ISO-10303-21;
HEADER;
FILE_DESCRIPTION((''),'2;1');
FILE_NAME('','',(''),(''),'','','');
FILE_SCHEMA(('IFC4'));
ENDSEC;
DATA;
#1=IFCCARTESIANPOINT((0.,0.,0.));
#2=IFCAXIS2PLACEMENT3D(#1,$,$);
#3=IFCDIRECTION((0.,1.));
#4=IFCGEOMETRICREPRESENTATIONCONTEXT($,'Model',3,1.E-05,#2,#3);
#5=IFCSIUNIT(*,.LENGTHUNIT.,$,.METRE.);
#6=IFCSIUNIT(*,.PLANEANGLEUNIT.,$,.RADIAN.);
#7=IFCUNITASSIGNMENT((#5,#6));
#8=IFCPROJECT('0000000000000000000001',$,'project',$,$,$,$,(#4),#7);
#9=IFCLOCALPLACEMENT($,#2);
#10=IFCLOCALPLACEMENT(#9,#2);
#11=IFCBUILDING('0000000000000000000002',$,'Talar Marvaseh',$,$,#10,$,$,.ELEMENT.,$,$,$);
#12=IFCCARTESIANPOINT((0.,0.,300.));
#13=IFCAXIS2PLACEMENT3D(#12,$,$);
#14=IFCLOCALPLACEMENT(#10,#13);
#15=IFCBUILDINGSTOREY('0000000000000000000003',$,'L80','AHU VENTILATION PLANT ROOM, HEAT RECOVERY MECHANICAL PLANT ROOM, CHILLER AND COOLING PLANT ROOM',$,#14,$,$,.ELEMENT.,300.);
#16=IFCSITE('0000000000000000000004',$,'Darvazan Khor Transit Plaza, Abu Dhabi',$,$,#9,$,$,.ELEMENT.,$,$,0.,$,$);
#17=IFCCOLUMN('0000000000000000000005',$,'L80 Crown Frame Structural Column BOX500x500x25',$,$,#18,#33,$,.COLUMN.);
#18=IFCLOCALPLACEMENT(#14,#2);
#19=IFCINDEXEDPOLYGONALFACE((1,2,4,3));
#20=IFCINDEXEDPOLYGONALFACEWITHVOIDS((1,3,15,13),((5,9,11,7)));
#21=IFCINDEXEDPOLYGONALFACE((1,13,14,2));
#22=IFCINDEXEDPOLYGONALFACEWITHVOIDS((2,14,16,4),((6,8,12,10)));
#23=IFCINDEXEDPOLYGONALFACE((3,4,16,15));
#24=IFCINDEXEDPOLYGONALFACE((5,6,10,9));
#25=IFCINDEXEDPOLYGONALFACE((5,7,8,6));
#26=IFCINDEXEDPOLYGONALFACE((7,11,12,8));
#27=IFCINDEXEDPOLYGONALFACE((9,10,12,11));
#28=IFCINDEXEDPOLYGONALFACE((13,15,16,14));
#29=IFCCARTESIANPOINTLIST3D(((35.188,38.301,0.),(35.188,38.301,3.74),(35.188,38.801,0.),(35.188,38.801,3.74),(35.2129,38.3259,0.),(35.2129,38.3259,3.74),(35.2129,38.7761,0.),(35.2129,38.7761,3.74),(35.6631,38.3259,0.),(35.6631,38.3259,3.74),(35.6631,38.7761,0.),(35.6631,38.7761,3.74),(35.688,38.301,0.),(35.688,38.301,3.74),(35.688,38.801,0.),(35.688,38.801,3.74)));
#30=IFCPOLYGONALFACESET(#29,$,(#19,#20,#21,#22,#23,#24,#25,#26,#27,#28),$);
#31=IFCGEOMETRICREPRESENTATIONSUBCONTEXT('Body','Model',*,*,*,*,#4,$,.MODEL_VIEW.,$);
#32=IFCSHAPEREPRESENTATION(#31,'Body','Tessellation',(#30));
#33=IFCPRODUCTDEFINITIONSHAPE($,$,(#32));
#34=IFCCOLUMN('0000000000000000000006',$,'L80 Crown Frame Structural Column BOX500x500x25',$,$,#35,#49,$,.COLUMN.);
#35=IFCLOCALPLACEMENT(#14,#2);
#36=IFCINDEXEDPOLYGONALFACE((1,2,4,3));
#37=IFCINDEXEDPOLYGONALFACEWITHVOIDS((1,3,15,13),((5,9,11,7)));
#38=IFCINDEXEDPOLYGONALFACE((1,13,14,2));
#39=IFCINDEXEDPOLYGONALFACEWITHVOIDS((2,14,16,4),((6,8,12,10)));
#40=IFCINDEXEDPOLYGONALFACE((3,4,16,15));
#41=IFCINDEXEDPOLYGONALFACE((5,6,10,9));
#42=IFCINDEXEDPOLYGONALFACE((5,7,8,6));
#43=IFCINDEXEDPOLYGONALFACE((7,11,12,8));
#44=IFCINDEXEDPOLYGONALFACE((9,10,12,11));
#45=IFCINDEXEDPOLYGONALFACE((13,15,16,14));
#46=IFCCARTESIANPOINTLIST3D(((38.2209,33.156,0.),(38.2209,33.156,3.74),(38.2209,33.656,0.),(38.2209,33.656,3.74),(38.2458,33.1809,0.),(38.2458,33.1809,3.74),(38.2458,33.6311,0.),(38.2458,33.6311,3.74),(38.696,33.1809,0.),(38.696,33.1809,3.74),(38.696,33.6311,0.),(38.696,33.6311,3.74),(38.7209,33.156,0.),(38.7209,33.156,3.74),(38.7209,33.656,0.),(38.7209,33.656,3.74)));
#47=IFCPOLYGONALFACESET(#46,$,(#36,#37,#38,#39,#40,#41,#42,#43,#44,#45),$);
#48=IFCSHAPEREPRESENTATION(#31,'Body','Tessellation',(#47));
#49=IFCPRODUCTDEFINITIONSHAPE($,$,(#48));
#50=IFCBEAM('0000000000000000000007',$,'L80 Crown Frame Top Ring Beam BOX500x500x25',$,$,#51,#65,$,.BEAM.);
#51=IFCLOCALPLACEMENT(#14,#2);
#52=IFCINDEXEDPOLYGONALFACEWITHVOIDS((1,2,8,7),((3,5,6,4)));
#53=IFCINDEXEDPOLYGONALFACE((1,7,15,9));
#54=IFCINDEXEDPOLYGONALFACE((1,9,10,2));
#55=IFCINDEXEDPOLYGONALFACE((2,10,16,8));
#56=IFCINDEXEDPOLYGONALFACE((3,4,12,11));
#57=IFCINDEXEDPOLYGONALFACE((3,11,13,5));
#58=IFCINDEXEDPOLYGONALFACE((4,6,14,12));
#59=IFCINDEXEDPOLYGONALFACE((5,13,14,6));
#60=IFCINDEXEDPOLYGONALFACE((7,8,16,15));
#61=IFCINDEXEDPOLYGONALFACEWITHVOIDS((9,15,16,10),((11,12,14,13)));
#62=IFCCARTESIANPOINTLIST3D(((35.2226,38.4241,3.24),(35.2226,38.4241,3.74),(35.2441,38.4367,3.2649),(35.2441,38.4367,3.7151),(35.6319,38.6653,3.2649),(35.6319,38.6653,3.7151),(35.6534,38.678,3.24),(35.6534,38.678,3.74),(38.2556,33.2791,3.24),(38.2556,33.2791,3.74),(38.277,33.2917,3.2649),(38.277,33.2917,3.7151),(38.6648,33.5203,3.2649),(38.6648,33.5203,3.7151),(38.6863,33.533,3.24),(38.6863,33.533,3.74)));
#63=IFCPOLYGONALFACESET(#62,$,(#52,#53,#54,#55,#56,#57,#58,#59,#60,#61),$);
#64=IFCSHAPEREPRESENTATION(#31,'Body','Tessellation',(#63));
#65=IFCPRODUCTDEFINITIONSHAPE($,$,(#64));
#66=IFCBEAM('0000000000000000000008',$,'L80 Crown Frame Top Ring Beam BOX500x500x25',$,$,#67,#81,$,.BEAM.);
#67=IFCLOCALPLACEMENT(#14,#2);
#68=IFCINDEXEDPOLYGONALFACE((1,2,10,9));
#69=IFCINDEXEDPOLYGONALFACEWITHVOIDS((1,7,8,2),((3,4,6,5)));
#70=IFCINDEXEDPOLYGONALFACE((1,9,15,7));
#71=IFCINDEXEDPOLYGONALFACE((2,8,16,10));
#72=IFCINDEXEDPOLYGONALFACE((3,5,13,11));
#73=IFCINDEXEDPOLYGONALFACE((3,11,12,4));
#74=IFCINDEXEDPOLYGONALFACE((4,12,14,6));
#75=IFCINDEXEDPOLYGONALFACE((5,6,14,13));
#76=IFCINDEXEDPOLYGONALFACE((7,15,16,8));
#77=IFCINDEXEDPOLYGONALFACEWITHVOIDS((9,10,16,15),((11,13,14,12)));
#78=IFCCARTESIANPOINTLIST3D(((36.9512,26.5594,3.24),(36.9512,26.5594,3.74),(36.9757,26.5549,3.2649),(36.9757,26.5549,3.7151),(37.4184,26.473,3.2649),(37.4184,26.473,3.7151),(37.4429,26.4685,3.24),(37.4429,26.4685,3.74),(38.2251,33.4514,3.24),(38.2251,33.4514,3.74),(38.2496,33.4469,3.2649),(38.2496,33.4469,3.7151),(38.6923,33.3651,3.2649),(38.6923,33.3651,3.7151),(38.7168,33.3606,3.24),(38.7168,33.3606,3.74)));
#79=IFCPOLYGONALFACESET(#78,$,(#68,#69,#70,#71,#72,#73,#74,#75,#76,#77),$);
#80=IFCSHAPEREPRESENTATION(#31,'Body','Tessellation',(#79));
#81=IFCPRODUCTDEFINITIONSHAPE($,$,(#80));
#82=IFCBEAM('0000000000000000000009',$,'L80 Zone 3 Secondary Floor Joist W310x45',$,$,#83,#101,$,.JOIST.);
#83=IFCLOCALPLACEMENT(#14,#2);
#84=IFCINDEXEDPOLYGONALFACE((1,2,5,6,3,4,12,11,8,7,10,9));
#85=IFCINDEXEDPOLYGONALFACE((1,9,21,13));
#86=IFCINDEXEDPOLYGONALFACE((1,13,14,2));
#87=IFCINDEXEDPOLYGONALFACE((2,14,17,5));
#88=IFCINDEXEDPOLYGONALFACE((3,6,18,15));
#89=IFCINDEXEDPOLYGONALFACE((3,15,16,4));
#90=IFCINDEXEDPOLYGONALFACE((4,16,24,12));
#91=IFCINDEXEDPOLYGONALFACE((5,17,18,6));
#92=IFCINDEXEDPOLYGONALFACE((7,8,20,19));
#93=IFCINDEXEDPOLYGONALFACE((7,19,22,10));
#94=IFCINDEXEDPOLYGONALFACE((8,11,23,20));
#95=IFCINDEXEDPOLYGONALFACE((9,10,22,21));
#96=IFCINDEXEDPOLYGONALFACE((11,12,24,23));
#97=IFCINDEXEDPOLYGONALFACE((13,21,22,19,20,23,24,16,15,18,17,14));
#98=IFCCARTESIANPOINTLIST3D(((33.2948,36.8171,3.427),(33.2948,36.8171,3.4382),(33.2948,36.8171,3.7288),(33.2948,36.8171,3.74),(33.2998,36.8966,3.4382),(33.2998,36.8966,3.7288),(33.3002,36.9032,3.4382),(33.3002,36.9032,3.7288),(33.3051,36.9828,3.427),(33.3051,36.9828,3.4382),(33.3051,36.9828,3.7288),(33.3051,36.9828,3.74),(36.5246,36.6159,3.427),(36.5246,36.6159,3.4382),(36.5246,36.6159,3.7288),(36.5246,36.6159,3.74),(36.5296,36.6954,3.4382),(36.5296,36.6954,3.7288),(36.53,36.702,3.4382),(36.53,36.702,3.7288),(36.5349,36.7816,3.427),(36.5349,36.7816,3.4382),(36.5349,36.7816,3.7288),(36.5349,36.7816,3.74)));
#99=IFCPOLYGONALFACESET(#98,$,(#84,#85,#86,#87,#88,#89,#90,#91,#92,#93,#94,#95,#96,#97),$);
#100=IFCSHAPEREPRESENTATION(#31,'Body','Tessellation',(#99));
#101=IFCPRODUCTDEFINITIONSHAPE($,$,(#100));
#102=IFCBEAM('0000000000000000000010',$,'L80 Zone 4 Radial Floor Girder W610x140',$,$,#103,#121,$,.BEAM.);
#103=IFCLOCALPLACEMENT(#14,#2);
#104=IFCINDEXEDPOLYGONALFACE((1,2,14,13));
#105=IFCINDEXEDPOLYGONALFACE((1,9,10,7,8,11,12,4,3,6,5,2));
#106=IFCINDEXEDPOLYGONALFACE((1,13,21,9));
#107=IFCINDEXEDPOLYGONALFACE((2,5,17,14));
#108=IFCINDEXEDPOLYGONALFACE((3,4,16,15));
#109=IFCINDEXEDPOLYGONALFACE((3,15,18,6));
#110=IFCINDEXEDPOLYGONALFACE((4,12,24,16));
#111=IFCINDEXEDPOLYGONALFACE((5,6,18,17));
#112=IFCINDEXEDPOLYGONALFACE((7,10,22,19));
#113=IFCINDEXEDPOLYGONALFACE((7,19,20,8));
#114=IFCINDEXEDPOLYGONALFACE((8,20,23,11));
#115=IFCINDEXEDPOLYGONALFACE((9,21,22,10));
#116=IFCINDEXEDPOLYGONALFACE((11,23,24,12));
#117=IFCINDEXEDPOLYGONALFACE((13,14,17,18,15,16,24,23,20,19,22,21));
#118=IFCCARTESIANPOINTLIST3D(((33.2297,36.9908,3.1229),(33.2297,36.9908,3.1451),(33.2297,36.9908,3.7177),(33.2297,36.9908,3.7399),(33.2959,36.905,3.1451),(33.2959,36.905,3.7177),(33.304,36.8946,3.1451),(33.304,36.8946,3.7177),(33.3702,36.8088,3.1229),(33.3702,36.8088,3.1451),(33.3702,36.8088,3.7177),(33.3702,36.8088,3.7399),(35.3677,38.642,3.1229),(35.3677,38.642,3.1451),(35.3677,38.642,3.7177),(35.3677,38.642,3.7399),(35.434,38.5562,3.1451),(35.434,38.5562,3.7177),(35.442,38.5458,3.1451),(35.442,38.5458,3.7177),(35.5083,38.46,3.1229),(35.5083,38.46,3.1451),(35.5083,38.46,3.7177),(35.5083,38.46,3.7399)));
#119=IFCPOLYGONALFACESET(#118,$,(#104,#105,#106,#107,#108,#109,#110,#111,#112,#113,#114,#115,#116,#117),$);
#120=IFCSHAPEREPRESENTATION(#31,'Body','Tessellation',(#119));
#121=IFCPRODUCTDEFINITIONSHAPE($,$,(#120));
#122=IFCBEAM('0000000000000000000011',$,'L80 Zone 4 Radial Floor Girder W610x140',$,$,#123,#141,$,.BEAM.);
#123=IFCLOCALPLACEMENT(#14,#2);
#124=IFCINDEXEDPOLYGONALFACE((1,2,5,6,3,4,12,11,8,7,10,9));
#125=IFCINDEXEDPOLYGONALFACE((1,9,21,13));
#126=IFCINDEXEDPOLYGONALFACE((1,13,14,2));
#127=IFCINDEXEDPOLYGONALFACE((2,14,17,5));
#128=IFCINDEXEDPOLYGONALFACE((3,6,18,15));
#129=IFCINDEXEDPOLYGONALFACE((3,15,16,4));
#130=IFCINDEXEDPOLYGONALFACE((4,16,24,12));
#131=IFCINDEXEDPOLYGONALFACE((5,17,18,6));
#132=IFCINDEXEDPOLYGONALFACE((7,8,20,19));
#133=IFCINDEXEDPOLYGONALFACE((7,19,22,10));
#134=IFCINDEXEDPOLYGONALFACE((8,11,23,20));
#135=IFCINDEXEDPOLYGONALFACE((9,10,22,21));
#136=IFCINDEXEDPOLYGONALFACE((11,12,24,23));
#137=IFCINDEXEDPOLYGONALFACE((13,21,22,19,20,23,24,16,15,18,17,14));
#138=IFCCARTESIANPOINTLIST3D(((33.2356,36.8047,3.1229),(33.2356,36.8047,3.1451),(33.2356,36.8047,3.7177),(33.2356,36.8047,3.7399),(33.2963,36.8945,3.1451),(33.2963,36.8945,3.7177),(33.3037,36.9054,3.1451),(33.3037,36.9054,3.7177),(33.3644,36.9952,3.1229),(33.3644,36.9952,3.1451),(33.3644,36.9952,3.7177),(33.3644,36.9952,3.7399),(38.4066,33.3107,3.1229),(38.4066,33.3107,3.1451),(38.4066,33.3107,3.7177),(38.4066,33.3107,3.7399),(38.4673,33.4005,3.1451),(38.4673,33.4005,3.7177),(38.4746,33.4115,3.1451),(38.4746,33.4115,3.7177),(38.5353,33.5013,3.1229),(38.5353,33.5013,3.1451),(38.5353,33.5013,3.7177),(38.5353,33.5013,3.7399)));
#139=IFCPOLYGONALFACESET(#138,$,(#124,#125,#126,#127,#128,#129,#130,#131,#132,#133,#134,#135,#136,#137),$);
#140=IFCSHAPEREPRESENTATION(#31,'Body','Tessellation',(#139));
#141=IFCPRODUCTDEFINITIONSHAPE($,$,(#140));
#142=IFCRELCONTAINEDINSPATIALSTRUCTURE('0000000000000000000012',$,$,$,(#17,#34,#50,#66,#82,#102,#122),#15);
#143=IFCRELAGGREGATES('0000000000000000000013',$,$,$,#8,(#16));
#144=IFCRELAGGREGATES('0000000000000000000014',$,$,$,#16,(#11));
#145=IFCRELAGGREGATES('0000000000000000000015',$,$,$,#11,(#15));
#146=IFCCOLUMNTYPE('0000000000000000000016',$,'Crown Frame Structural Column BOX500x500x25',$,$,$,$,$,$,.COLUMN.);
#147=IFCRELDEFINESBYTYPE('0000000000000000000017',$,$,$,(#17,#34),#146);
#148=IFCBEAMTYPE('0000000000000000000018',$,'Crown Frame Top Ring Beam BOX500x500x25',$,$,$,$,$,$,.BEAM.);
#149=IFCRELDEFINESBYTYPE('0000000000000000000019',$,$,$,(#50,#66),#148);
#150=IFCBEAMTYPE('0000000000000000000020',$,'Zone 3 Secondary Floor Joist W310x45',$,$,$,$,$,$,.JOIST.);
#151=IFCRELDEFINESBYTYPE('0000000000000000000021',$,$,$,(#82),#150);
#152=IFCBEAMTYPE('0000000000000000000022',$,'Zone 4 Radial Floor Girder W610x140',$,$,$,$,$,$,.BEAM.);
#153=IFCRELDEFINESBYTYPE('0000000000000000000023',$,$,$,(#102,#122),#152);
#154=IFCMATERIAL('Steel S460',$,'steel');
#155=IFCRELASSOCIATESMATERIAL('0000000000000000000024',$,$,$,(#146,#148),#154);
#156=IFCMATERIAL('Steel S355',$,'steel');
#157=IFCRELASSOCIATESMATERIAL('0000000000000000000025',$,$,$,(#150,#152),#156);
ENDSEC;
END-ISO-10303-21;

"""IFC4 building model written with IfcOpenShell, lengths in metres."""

from ifc_helpers import new_model, si_unit, direction, frame, origin, origin_2d, place, context, subcontext, project, spatial, hollow_rectangle, i_section, extrude, material, material_profile, profile_set, type_object, element, save


model = new_model("IFC4")

# Units and contexts
model_context = context("Model", 3, precision=1e-05, world=origin(), true_north=direction((0.0, 1.0)))
body_context = subcontext(model_context, "Body", "Model", "MODEL_VIEW")
ifc_project = project(units=[si_unit("LENGTHUNIT", "METRE"), si_unit("PLANEANGLEUNIT", "RADIAN")], contexts=[model_context])

# Site, building, storey
site_placement = place(None, origin())
site = spatial("IfcSite", under=ifc_project, at=site_placement, Name="Darvazan Khor Transit Plaza, Abu Dhabi", CompositionType="ELEMENT", RefElevation=0.0)
building_placement = place(site_placement, origin())
building = spatial("IfcBuilding", under=site, at=building_placement, Name="Talar Marvaseh", CompositionType="ELEMENT")
storey_placement = place(building_placement, frame((0.0, 0.0, 300.0)))
storey = spatial("IfcBuildingStorey", under=building, at=storey_placement, Name="L80", Description="AHU VENTILATION PLANT ROOM, HEAT RECOVERY MECHANICAL PLANT ROOM, CHILLER AND COOLING PLANT ROOM", CompositionType="ELEMENT", Elevation=300.0)

# Columns
ifc_material_1 = material(Name="Steel S460", Category="steel")
ifc_material_profile_1 = material_profile(ifc_material_1, hollow_rectangle(XDim=0.5, YDim=0.5, WallThickness=0.0249, at=origin_2d()), Name="BOX500x500x25")
ifc_profile_set_1 = profile_set([ifc_material_profile_1], Name="Steel S460")
column_type = type_object("IfcColumnType", Name="Crown Frame Structural Column BOX500x500x25", PredefinedType="COLUMN", material=ifc_profile_set_1)
for number, where, z_axis, x_axis, name in (
    (1, (35.438, 38.551, 0.0), (0.0, 0.0, 1.0), (1.0, 0.0, 0.0), "L80 Crown Frame Structural Column BOX500x500x25"),
    (2, (38.4709, 33.406, 0.0), (0.0, 0.0, 1.0), (1.0, 0.0, 0.0), "L80 Crown Frame Structural Column BOX500x500x25"),
):
    element("IfcColumn", number, at=place(storey_placement, frame(where, z_axis=z_axis, x_axis=x_axis)), inside=storey, type_object=column_type, Name=name, PredefinedType="COLUMN", context=body_context, shape_type="SweptSolid", body=[
        extrude(hollow_rectangle(XDim=0.5, YDim=0.5, WallThickness=0.0249, at=origin_2d()), origin(), (0.0, 0.0, 1.0), 3.74),
    ])

# Beams
ifc_material_profile_2 = material_profile(ifc_material_1, hollow_rectangle(XDim=0.5, YDim=0.5, WallThickness=0.0249, at=origin_2d()), Name="BOX500x500x25")
ifc_profile_set_2 = profile_set([ifc_material_profile_2], Name="Steel S460")
beam_type_1 = type_object("IfcBeamType", Name="Crown Frame Top Ring Beam BOX500x500x25", PredefinedType="BEAM", material=ifc_profile_set_2)
beam_1_placement = place(storey_placement, frame((35.438, 38.551, 3.49), z_axis=(0.507826, -0.86146, 0.0), x_axis=(0.86146, 0.507826, 0.0)))
element("IfcBeam", 3, at=beam_1_placement, inside=storey, type_object=beam_type_1, Name="L80 Crown Frame Top Ring Beam BOX500x500x25", PredefinedType="BEAM", context=body_context, shape_type="SweptSolid", body=[
    extrude(hollow_rectangle(XDim=0.5, YDim=0.5, WallThickness=0.0249, at=origin_2d()), origin(), (0.0, 0.0, 1.0), 5.9724),
])
beam_2_placement = place(storey_placement, frame((38.4709, 33.406, 3.49), z_axis=(-0.18176, -0.983343, 0.0), x_axis=(0.983343, -0.18176, 0.0)))
element("IfcBeam", 4, at=beam_2_placement, inside=storey, type_object=beam_type_1, Name="L80 Crown Frame Top Ring Beam BOX500x500x25", PredefinedType="BEAM", context=body_context, shape_type="SweptSolid", body=[
    extrude(hollow_rectangle(XDim=0.5, YDim=0.5, WallThickness=0.0249, at=origin_2d()), origin(), (0.0, 0.0, 1.0), 7.0088),
])
ifc_material_2 = material(Name="Steel S355", Category="steel")
ifc_material_profile_3 = material_profile(ifc_material_2, i_section(OverallWidth=0.166, OverallDepth=0.313, WebThickness=0.0066, FlangeThickness=0.0112, at=origin_2d()), Name="W310x45")
ifc_profile_set_3 = profile_set([ifc_material_profile_3], Name="Steel S355")
beam_type_2 = type_object("IfcBeamType", Name="Zone 3 Secondary Floor Joist W310x45", PredefinedType="JOIST", material=ifc_profile_set_3)
beam_3_placement = place(storey_placement, frame((36.5298, 36.6987, 3.5835), z_axis=(-0.998066, 0.062167, 0.0), x_axis=(-0.062167, -0.998066, 0.0)))
element("IfcBeam", 5, at=beam_3_placement, inside=storey, type_object=beam_type_2, Name="L80 Zone 3 Secondary Floor Joist W310x45", PredefinedType="JOIST", context=body_context, shape_type="SweptSolid", body=[
    extrude(i_section(OverallWidth=0.166, OverallDepth=0.313, WebThickness=0.0066, FlangeThickness=0.0112, at=origin_2d()), origin(), (0.0, 0.0, 1.0), 3.2361),
])
ifc_material_profile_4 = material_profile(ifc_material_2, i_section(OverallWidth=0.23, OverallDepth=0.6169, WebThickness=0.0132, FlangeThickness=0.0222, at=origin_2d()), Name="W610x140")
ifc_profile_set_4 = profile_set([ifc_material_profile_4], Name="Steel S355")
beam_type_3 = type_object("IfcBeamType", Name="Zone 4 Radial Floor Girder W610x140", PredefinedType="BEAM", material=ifc_profile_set_4)
beam_4_placement = place(storey_placement, frame((35.438, 38.551, 3.4314), z_axis=(-0.79145, -0.611234, 0.0), x_axis=(0.611234, -0.79145, 0.0)))
element("IfcBeam", 6, at=beam_4_placement, inside=storey, type_object=beam_type_3, Name="L80 Zone 4 Radial Floor Girder W610x140", PredefinedType="BEAM", context=body_context, shape_type="SweptSolid", body=[
    extrude(i_section(OverallWidth=0.23, OverallDepth=0.6169, WebThickness=0.0132, FlangeThickness=0.0222, at=origin_2d()), origin(), (0.0, 0.0, 1.0), 2.7014),
])
beam_5_placement = place(storey_placement, frame((38.4709, 33.406, 3.4314), z_axis=(-0.828586, 0.559862, 0.0), x_axis=(-0.559862, -0.828586, 0.0)))
element("IfcBeam", 7, at=beam_5_placement, inside=storey, type_object=beam_type_3, Name="L80 Zone 4 Radial Floor Girder W610x140", PredefinedType="BEAM", context=body_context, shape_type="SweptSolid", body=[
    extrude(i_section(OverallWidth=0.23, OverallDepth=0.6169, WebThickness=0.0132, FlangeThickness=0.0222, at=origin_2d()), origin(), (0.0, 0.0, 1.0), 6.2407),
])

save(model, "model.ifc")
